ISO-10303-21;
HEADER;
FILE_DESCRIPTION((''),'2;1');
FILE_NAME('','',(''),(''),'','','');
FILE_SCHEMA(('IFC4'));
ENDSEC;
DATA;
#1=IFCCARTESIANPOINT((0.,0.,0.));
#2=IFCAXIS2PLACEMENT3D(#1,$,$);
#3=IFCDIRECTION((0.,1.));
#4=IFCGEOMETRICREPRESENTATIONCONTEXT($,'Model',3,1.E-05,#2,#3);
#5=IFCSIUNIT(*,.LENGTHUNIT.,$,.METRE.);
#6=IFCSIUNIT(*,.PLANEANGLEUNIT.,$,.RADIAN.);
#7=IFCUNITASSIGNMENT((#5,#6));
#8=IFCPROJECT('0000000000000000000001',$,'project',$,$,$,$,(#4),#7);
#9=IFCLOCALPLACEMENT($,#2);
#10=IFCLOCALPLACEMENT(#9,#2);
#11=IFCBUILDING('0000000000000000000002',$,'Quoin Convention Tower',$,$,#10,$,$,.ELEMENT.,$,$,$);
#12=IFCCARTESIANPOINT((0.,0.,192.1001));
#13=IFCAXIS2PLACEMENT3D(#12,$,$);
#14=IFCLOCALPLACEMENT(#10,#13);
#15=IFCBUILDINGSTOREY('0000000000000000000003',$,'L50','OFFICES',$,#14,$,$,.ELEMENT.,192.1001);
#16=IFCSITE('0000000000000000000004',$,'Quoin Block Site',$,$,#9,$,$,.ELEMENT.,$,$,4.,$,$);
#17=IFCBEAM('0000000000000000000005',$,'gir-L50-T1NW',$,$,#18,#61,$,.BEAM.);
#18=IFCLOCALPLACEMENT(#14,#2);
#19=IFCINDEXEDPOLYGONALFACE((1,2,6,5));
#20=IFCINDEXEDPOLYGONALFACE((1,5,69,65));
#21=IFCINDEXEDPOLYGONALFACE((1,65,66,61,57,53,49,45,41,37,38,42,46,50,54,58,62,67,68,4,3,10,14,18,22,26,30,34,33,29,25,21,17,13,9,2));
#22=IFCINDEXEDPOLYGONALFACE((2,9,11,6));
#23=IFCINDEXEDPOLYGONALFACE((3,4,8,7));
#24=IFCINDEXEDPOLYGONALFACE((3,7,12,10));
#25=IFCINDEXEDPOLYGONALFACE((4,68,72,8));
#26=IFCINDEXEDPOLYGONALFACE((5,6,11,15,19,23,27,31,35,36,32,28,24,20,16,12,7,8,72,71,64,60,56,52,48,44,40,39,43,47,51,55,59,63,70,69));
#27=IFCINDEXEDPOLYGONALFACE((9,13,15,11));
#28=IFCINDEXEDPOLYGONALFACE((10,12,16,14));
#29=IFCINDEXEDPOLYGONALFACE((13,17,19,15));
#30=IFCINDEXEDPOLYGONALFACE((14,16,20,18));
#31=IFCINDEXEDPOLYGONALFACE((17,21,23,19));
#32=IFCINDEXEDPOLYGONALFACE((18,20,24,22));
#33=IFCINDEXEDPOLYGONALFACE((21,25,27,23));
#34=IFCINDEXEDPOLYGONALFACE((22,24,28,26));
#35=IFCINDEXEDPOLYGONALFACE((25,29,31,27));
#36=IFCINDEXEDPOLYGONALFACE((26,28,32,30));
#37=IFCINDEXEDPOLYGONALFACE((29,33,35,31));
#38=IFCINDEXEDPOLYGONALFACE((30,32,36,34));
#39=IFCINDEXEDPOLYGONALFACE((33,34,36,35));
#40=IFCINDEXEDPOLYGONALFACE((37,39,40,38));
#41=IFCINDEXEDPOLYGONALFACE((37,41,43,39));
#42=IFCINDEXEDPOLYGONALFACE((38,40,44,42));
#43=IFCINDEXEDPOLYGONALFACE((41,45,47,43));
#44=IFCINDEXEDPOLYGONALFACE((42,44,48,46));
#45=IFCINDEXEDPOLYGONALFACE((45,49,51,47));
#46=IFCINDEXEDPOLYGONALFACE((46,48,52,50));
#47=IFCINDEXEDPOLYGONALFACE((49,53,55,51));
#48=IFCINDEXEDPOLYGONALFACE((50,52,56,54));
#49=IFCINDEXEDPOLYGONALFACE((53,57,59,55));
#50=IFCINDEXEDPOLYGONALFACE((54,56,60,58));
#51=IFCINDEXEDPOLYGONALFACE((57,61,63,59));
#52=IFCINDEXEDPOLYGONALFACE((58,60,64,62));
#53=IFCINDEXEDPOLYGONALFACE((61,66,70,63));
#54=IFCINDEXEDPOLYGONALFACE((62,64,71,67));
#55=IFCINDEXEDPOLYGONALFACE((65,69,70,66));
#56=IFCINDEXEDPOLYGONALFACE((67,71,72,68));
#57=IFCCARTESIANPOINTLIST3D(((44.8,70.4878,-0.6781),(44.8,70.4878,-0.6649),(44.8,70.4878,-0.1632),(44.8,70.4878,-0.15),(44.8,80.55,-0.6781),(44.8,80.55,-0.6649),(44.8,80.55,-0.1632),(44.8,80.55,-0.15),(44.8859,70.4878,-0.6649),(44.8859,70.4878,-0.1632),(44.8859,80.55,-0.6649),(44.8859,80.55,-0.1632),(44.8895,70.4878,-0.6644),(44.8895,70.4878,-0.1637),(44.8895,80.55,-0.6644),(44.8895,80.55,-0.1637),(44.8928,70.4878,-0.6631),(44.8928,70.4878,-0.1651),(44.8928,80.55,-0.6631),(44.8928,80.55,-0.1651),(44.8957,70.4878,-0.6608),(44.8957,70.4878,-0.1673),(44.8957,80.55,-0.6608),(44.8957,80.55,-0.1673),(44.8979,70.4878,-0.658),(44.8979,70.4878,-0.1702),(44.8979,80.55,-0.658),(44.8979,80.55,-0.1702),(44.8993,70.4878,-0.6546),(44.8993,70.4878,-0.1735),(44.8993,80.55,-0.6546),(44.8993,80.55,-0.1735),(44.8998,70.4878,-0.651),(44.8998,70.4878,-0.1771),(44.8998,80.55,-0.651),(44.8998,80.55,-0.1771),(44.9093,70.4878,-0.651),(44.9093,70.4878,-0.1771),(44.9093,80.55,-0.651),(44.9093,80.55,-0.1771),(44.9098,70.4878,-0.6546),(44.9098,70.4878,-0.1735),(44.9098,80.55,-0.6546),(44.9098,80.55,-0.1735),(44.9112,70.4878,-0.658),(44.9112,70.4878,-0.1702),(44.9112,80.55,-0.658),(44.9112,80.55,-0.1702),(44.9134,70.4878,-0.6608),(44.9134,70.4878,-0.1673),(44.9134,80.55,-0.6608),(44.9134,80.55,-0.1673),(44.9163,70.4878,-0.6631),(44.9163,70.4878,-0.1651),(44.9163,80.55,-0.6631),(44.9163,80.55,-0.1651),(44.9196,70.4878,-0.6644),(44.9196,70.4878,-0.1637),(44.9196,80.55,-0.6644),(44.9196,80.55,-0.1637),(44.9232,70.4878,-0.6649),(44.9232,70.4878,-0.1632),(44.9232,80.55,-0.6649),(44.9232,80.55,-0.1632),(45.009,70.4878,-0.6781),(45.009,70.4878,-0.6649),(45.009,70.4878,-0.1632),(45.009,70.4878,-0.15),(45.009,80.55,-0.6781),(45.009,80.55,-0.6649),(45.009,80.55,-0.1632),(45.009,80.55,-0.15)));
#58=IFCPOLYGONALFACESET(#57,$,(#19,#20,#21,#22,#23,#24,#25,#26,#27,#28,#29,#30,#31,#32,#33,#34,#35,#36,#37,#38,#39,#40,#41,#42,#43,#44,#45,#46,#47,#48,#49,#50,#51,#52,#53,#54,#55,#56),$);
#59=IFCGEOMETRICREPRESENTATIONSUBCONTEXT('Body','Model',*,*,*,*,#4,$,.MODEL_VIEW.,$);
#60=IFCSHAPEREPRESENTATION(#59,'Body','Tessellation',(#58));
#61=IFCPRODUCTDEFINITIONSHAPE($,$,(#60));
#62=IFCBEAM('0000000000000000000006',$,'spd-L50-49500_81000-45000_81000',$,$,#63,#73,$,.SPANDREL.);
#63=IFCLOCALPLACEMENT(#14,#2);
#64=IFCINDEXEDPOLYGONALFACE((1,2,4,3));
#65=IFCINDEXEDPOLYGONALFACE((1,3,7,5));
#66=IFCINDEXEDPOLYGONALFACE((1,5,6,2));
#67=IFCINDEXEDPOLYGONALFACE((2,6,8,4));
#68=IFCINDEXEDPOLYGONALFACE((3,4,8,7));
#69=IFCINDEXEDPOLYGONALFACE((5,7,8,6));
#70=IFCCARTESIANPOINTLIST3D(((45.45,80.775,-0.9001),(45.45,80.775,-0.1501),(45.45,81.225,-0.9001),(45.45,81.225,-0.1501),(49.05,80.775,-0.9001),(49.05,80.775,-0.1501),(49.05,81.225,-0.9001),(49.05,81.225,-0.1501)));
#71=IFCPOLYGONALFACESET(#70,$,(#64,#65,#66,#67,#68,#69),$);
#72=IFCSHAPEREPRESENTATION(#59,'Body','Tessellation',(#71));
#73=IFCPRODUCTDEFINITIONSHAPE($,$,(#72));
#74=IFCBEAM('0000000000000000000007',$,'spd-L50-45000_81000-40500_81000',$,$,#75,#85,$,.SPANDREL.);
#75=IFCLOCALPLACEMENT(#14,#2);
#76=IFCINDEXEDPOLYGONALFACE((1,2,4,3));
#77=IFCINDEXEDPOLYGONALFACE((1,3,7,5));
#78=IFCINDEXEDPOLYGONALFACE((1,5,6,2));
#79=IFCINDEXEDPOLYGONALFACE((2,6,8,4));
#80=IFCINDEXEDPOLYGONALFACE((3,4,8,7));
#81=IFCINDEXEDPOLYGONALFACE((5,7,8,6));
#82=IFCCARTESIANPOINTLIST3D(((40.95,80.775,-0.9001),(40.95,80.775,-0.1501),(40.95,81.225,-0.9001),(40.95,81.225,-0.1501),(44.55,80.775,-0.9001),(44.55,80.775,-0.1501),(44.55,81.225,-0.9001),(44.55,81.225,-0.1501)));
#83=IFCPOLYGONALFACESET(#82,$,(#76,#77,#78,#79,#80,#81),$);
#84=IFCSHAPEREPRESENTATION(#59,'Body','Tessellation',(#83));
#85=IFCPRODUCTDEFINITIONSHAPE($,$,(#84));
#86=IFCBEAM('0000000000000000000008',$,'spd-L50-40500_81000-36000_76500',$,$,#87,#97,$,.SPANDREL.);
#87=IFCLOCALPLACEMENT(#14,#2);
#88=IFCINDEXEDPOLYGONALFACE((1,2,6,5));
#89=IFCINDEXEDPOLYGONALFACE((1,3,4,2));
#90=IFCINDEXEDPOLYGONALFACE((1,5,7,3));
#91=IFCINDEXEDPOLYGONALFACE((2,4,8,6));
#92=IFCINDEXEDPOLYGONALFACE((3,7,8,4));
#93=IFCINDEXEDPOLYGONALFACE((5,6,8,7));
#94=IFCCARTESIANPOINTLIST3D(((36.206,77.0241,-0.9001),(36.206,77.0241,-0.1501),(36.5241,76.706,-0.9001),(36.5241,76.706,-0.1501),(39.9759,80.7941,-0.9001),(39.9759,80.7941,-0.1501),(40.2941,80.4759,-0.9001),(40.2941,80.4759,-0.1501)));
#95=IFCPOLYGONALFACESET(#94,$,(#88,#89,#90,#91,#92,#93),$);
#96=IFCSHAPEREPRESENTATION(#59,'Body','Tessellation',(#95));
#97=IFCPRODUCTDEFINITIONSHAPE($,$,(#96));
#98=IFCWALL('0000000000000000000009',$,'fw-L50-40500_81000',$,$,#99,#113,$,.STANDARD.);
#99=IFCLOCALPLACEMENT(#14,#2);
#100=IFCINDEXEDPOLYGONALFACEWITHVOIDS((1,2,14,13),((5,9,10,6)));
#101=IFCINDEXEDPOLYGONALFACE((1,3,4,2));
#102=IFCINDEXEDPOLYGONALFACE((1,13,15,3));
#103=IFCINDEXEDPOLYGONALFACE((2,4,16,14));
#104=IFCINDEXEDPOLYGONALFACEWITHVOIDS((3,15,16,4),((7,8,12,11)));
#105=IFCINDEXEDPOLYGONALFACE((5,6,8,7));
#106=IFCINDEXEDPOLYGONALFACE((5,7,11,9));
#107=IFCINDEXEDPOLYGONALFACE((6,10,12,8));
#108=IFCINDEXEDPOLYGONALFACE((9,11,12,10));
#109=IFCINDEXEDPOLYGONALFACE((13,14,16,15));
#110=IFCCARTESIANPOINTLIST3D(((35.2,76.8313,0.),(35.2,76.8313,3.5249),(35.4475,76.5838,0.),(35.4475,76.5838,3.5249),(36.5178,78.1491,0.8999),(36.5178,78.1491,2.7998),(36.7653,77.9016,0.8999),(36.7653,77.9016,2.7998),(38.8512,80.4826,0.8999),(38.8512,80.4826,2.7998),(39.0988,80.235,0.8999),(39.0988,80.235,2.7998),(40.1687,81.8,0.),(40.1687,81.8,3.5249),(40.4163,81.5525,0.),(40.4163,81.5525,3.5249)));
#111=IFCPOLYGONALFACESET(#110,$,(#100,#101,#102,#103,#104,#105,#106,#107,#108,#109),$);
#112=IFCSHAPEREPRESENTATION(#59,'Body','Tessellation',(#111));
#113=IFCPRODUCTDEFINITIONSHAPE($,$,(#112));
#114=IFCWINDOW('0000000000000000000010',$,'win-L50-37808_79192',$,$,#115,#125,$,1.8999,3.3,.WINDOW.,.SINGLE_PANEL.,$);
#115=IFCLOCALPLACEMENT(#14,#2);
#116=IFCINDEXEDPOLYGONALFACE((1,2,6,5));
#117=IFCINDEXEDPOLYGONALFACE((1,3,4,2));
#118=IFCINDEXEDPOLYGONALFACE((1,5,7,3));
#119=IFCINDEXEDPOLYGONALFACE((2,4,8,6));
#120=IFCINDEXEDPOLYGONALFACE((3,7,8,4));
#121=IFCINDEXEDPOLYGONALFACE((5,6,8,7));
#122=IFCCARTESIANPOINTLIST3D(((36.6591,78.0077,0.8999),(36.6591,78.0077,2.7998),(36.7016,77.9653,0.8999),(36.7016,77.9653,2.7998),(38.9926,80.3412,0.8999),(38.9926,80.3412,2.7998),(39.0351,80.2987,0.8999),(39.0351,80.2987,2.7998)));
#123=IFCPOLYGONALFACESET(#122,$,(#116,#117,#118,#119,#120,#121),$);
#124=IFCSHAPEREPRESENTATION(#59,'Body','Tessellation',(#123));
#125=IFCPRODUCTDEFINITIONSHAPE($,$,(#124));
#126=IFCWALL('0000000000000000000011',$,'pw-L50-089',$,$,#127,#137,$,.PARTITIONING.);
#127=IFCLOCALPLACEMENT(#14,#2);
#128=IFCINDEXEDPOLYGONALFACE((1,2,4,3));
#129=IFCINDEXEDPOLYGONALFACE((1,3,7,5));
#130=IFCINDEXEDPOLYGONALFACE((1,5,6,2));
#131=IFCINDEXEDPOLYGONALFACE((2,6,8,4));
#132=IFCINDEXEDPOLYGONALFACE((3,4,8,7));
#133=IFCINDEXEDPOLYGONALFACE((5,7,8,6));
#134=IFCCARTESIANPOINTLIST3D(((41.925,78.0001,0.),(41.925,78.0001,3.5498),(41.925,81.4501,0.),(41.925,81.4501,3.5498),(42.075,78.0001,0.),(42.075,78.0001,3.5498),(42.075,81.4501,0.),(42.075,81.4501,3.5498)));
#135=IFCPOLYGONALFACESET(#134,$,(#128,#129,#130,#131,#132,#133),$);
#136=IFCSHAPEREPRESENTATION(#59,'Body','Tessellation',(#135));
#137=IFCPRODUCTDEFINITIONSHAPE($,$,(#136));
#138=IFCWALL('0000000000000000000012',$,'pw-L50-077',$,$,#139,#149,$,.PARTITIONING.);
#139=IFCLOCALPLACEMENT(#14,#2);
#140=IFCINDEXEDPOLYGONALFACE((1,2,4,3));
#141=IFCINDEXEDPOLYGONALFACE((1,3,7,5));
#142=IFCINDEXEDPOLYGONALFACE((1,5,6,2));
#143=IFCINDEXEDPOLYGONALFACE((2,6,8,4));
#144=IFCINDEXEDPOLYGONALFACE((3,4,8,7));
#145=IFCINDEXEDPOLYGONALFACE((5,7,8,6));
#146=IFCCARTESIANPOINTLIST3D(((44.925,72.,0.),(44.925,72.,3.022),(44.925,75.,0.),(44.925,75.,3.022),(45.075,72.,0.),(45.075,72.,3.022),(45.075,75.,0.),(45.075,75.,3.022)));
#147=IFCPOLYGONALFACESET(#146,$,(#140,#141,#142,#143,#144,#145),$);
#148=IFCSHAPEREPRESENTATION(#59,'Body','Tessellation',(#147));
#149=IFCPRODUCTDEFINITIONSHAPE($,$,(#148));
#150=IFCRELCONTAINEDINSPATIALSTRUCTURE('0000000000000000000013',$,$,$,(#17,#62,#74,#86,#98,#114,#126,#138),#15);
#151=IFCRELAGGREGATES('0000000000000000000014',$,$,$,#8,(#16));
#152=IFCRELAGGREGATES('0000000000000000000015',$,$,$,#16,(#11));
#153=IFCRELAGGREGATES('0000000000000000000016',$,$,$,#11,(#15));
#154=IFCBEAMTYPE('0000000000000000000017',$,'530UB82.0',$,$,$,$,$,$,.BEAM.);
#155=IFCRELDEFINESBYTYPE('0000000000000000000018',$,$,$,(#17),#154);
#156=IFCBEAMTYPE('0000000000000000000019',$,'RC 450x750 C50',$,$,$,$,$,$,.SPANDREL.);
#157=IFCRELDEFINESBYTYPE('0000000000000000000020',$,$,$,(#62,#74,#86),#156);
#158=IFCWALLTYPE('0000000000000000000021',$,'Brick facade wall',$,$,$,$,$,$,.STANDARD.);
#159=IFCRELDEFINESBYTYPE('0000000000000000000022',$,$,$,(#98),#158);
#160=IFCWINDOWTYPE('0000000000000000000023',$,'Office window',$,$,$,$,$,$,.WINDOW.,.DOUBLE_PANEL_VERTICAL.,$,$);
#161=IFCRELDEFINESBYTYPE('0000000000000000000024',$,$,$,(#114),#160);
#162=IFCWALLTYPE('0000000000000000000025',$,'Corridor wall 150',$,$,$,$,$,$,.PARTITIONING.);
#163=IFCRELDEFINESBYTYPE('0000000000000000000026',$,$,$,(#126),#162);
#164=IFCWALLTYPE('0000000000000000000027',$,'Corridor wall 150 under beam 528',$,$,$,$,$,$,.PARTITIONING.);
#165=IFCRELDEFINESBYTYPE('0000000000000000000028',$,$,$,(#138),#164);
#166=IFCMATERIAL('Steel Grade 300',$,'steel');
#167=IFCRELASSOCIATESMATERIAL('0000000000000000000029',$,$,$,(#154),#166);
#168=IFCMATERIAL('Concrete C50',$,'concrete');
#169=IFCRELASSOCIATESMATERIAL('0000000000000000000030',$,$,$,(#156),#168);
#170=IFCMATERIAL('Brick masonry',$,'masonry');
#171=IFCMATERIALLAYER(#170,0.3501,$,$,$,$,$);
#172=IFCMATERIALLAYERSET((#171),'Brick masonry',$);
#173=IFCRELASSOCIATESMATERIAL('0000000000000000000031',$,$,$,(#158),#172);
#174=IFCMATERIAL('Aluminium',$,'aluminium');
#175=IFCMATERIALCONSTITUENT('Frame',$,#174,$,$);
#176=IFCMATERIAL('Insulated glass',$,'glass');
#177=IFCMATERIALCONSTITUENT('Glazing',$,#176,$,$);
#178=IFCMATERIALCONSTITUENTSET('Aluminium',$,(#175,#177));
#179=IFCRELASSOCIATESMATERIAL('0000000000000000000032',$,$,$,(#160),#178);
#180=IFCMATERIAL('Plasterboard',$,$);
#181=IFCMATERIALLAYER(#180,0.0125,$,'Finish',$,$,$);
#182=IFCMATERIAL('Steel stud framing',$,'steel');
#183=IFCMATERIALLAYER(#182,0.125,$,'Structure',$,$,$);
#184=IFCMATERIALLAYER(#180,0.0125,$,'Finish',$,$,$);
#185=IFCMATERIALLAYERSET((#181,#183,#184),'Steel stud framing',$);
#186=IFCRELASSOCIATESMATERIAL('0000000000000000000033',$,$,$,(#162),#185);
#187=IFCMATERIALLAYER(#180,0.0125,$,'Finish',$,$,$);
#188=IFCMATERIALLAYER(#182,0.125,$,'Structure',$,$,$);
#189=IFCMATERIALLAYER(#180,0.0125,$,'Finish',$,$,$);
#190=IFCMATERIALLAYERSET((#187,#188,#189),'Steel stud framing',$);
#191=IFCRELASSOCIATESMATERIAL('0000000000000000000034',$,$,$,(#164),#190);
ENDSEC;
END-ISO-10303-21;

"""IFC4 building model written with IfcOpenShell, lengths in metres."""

from ifc_helpers import new_model, si_unit, direction, frame, frame_2d, origin, origin_2d, place, context, subcontext, project, spatial, rectangle, i_section, extrude, material, layer, layer_set, constituent, constituent_set, material_profile, profile_set, type_object, element, fill, save


model = new_model("IFC4")

# Units and contexts
model_context = context("Model", 3, precision=1e-05, world=origin(), true_north=direction((0.0, 1.0)))
body_context = subcontext(model_context, "Body", "Model", "MODEL_VIEW")
ifc_project = project(units=[si_unit("LENGTHUNIT", "METRE"), si_unit("PLANEANGLEUNIT", "RADIAN")], contexts=[model_context])

# Site, building, storey
site_placement = place(None, origin())
site = spatial("IfcSite", under=ifc_project, at=site_placement, Name="Quoin Block Site", CompositionType="ELEMENT", RefElevation=4.0)
building_placement = place(site_placement, origin())
building = spatial("IfcBuilding", under=site, at=building_placement, Name="Quoin Convention Tower", CompositionType="ELEMENT")
storey_placement = place(building_placement, frame((0.0, 0.0, 192.1001)))
storey = spatial("IfcBuildingStorey", under=building, at=storey_placement, Name="L50", Description="OFFICES", CompositionType="ELEMENT", Elevation=192.1001)

# Shared definitions
ifc_material_1 = material(Name="Concrete C50", Category="concrete")

# Beams
ifc_material_2 = material(Name="Steel Grade 300", Category="steel")
ifc_material_profile_1 = material_profile(ifc_material_2, i_section(OverallWidth=0.209, OverallDepth=0.5281, WebThickness=0.0095, FlangeThickness=0.0132, FilletRadius=0.0139, at=origin_2d()), Name="530UB82.0")
ifc_profile_set_1 = profile_set([ifc_material_profile_1], Name="Steel Grade 300")
beam_type_1 = type_object("IfcBeamType", Name="530UB82.0", PredefinedType="BEAM", material=ifc_profile_set_1)
beam_1_placement = place(storey_placement, frame((44.9045, 80.55, -0.4141), z_axis=(0.0, -1.0, 0.0), x_axis=(1.0, 0.0, 0.0)))
element("IfcBeam", 1, at=beam_1_placement, inside=storey, type_object=beam_type_1, Name="gir-L50-T1NW", PredefinedType="BEAM", context=body_context, shape_type="SweptSolid", body=[
    extrude(i_section(OverallWidth=0.209, OverallDepth=0.5281, WebThickness=0.0095, FlangeThickness=0.0132, FilletRadius=0.0139, at=origin_2d()), origin(), (0.0, 0.0, 1.0), 10.0623),
])
ifc_material_profile_2 = material_profile(ifc_material_1, rectangle(XDim=0.45, YDim=0.75, at=origin_2d()), Name="RC 450x750")
ifc_profile_set_2 = profile_set([ifc_material_profile_2], Name="Concrete C50")
beam_type_2 = type_object("IfcBeamType", Name="RC 450x750 C50", PredefinedType="SPANDREL", material=ifc_profile_set_2)
for number, where, z_axis, x_axis, name in (
    (2, (49.05, 81.0, -0.5251), (-1.0, 0.0, 0.0), (0.0, -1.0, 0.0), "spd-L50-49500_81000-45000_81000"),
    (3, (44.55, 81.0, -0.5251), (-1.0, 0.0, 0.0), (0.0, -1.0, 0.0), "spd-L50-45000_81000-40500_81000"),
):
    element("IfcBeam", number, at=place(storey_placement, frame(where, z_axis=z_axis, x_axis=x_axis)), inside=storey, type_object=beam_type_2, Name=name, PredefinedType="SPANDREL", context=body_context, shape_type="SweptSolid", body=[
        extrude(rectangle(XDim=0.45, YDim=0.75, at=origin_2d()), origin(), (0.0, 0.0, 1.0), 3.6001),
    ])
beam_2_placement = place(storey_placement, frame((40.135, 80.635, -0.5251), z_axis=(-0.707107, -0.707107, 0.0), x_axis=(0.707107, -0.707107, 0.0)))
element("IfcBeam", 4, at=beam_2_placement, inside=storey, type_object=beam_type_2, Name="spd-L50-40500_81000-36000_76500", PredefinedType="SPANDREL", context=body_context, shape_type="SweptSolid", body=[
    extrude(rectangle(XDim=0.45, YDim=0.75, at=origin_2d()), origin(), (0.0, 0.0, 1.0), 5.3315),
])

# Wall, opening, window
ifc_material_3 = material(Name="Brick masonry", Category="masonry")
ifc_layer_1 = layer(ifc_material_3, 0.3501)
ifc_layer_set_1 = layer_set([ifc_layer_1], Name="Brick masonry")
wall_type_1 = type_object("IfcWallType", Name="Brick facade wall", PredefinedType="STANDARD", material=ifc_layer_set_1)
wall_1_placement = place(storey_placement, frame((40.2925, 81.6763, 0.0), z_axis=(0.0, 0.0, 1.0), x_axis=(-0.707107, -0.707107, 0.0)))
wall_1 = element("IfcWall", 5, at=wall_1_placement, inside=storey, type_object=wall_type_1, Name="fw-L50-40500_81000", PredefinedType="STANDARD", context=body_context, shape_type="SweptSolid", body=[
    extrude(rectangle(XDim=7.0269, YDim=0.3501, at=frame_2d((3.5134, 0.0))), origin(), (0.0, 0.0, 1.0), 3.5249),
])
opening_1_placement = place(wall_1_placement, frame((1.8633, 0.0, 0.8999)))
opening_1 = element("IfcOpeningElement", 6, at=opening_1_placement, cuts=wall_1, PredefinedType="OPENING", context=body_context, shape_type="SweptSolid", body=[
    extrude(rectangle(XDim=3.3, YDim=1.8999, at=frame_2d((1.6499, 0.95))), frame((0.0, 0.1851, 0.0), z_axis=(0.0, -1.0, 0.0), x_axis=(1.0, 0.0, 0.0)), (0.0, 0.0, 1.0), 0.3701),
])
ifc_material_4 = material(Name="Aluminium", Category="aluminium")
ifc_constituent_1 = constituent(ifc_material_4, Name="Frame")
ifc_material_5 = material(Name="Insulated glass", Category="glass")
ifc_constituent_2 = constituent(ifc_material_5, Name="Glazing")
ifc_constituent_set = constituent_set(constituents=[ifc_constituent_1, ifc_constituent_2], Name="Aluminium")
window_type = type_object("IfcWindowType", Name="Office window", PartitioningType="DOUBLE_PANEL_VERTICAL", PredefinedType="WINDOW", material=ifc_constituent_set)
window_placement = place(opening_1_placement, origin())
window = element("IfcWindow", 7, at=window_placement, inside=storey, type_object=window_type, Name="win-L50-37808_79192", OverallHeight=1.8999, OverallWidth=3.3, PartitioningType="SINGLE_PANEL", PredefinedType="WINDOW", context=body_context, shape_type="SweptSolid", body=[
    extrude(rectangle(XDim=3.3, YDim=1.8999, at=frame_2d((1.6499, 0.95))), frame((0.0, 0.085, 0.0), z_axis=(0.0, -1.0, 0.0), x_axis=(1.0, 0.0, 0.0)), (0.0, 0.0, 1.0), 0.0601),
])
fill(opening_1, window)

# Walls
ifc_material_6 = material(Name="Plasterboard")
ifc_layer_2 = layer(ifc_material_6, 0.0125, Name="Finish")
ifc_material_7 = material(Name="Steel stud framing", Category="steel")
ifc_layer_3 = layer(ifc_material_7, 0.125, Name="Structure")
ifc_layer_4 = layer(ifc_material_6, 0.0125, Name="Finish")
ifc_layer_set_2 = layer_set([ifc_layer_2, ifc_layer_3, ifc_layer_4], Name="Steel stud framing")
wall_type_2 = type_object("IfcWallType", Name="Corridor wall 150", PredefinedType="PARTITIONING", material=ifc_layer_set_2)
wall_2_placement = place(storey_placement, frame((42.0, 78.0, 0.0), z_axis=(0.0, 0.0, 1.0), x_axis=(0.0, 1.0, 0.0)))
element("IfcWall", 8, at=wall_2_placement, inside=storey, type_object=wall_type_2, Name="pw-L50-089", PredefinedType="PARTITIONING", context=body_context, shape_type="SweptSolid", body=[
    extrude(rectangle(XDim=3.45, YDim=0.1499, at=frame_2d((1.7251, 0.0))), origin(), (0.0, 0.0, 1.0), 3.5498),
])
ifc_layer_5 = layer(ifc_material_6, 0.0125, Name="Finish")
ifc_layer_6 = layer(ifc_material_7, 0.125, Name="Structure")
ifc_layer_7 = layer(ifc_material_6, 0.0125, Name="Finish")
ifc_layer_set_3 = layer_set([ifc_layer_5, ifc_layer_6, ifc_layer_7], Name="Steel stud framing")
wall_type_3 = type_object("IfcWallType", Name="Corridor wall 150 under beam 528", PredefinedType="PARTITIONING", material=ifc_layer_set_3)
wall_3_placement = place(storey_placement, frame((45.0, 72.0, 0.0), z_axis=(0.0, 0.0, 1.0), x_axis=(0.0, 1.0, 0.0)))
element("IfcWall", 9, at=wall_3_placement, inside=storey, type_object=wall_type_3, Name="pw-L50-077", PredefinedType="PARTITIONING", context=body_context, shape_type="SweptSolid", body=[
    extrude(rectangle(XDim=3.0, YDim=0.1499, at=frame_2d((1.5, 0.0))), origin(), (0.0, 0.0, 1.0), 3.022),
])

save(model, "model.ifc")
